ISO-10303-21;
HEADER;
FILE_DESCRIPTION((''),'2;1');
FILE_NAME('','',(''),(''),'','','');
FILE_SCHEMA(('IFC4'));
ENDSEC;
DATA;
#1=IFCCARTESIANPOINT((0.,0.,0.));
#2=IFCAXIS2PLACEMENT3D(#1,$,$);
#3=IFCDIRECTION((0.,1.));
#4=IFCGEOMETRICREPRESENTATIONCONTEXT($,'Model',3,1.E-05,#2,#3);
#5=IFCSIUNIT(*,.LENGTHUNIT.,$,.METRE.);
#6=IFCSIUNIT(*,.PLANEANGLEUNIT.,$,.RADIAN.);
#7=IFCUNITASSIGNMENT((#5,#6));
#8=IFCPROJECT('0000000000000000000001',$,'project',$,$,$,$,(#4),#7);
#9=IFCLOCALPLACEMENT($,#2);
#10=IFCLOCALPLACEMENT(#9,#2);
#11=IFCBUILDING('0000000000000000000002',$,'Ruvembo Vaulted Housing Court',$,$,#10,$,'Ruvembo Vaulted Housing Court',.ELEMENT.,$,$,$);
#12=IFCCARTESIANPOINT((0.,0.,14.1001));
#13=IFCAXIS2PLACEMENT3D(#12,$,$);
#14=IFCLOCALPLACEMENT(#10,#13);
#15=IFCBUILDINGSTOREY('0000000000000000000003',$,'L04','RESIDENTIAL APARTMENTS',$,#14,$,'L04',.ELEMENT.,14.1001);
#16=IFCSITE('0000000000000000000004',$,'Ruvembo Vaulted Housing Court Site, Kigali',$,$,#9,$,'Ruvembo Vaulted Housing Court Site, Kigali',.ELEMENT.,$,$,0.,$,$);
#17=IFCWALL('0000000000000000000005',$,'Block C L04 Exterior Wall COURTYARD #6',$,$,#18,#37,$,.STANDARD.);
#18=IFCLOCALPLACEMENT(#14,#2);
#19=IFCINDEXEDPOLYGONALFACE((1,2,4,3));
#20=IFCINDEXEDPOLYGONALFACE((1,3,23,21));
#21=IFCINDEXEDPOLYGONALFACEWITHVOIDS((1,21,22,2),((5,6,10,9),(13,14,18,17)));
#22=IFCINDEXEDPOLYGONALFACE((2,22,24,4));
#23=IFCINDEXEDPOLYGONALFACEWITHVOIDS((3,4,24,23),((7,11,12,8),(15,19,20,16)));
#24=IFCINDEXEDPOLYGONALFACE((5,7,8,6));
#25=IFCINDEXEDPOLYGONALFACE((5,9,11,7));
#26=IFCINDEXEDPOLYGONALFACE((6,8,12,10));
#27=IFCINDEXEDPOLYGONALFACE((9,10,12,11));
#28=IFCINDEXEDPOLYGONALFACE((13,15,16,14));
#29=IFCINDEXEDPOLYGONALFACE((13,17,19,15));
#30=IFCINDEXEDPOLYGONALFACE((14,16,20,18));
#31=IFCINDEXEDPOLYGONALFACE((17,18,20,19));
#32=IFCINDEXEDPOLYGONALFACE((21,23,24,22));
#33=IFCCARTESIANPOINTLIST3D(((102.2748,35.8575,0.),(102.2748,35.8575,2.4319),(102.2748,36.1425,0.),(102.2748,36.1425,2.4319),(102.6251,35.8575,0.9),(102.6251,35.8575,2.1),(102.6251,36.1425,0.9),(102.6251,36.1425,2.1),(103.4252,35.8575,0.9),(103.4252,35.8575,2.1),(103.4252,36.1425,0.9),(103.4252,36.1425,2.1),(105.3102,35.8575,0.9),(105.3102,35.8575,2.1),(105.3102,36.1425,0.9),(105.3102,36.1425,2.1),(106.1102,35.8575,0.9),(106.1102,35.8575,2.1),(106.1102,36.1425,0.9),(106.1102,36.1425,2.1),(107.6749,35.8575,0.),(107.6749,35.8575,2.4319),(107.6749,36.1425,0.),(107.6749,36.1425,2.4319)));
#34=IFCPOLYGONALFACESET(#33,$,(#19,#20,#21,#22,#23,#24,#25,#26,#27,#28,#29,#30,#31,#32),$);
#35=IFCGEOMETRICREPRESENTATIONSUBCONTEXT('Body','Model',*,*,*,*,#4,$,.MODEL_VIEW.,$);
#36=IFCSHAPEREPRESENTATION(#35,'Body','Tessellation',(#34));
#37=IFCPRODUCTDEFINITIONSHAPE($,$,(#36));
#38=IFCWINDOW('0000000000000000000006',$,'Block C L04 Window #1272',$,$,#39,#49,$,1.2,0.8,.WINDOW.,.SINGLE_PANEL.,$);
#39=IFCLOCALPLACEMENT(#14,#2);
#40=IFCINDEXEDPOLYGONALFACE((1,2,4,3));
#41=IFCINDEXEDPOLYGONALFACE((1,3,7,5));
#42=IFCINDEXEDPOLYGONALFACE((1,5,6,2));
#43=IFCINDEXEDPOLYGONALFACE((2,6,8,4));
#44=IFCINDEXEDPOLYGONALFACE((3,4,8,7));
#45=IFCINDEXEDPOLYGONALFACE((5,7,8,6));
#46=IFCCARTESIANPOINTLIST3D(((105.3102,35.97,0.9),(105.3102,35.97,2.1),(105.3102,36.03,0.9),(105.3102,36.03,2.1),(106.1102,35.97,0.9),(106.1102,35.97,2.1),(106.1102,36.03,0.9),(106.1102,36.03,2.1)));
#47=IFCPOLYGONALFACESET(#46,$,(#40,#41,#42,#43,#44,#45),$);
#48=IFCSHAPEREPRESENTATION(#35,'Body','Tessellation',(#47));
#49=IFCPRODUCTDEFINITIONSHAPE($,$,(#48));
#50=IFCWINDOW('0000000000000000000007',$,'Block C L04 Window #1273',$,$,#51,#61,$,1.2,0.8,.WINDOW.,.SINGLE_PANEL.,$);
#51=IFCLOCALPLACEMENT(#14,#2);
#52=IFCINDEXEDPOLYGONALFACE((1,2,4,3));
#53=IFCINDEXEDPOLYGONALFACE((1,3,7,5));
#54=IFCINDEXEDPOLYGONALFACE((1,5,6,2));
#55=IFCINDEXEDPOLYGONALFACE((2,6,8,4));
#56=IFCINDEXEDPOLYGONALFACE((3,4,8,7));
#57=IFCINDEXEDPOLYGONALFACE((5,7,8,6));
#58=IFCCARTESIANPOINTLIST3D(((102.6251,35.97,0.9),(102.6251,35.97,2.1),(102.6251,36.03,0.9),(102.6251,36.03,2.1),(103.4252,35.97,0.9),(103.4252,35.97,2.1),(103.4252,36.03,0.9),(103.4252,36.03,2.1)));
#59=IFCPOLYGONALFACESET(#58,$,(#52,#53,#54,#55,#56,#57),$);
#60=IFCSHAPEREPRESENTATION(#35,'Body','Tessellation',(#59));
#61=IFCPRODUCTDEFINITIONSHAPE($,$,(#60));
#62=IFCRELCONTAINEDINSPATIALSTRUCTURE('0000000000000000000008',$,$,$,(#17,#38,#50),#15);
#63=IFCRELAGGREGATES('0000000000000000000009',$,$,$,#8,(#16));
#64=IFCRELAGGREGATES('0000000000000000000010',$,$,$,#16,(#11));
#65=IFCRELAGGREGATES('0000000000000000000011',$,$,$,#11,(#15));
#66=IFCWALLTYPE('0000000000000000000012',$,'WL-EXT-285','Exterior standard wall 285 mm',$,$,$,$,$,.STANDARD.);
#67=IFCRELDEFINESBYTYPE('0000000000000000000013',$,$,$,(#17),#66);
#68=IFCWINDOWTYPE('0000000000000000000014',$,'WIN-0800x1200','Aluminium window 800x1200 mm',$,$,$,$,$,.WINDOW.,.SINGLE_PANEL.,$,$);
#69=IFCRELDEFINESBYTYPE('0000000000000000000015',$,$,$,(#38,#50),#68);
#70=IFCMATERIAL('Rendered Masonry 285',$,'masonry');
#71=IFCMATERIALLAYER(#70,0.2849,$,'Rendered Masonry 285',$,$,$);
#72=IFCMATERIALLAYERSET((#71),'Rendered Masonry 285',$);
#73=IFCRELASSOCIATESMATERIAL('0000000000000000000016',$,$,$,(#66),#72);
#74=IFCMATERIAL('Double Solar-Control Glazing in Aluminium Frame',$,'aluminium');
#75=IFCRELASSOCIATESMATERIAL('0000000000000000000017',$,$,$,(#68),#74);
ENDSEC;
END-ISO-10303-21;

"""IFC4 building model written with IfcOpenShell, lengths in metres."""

from ifc_helpers import new_model, si_unit, direction, frame, frame_2d, origin, place, context, subcontext, project, spatial, rectangle, extrude, material, layer, layer_set, type_object, element, fill, save


model = new_model("IFC4")

# Units and contexts
model_context = context("Model", 3, precision=1e-05, world=origin(), true_north=direction((0.0, 1.0)))
body_context = subcontext(model_context, "Body", "Model", "MODEL_VIEW")
ifc_project = project(units=[si_unit("LENGTHUNIT", "METRE"), si_unit("PLANEANGLEUNIT", "RADIAN")], contexts=[model_context])

# Site, building, storey
site_placement = place(None, origin())
site = spatial("IfcSite", under=ifc_project, at=site_placement, Name="Ruvembo Vaulted Housing Court Site, Kigali", LongName="Ruvembo Vaulted Housing Court Site, Kigali", CompositionType="ELEMENT", RefElevation=0.0)
building_placement = place(site_placement, origin())
building = spatial("IfcBuilding", under=site, at=building_placement, Name="Ruvembo Vaulted Housing Court", LongName="Ruvembo Vaulted Housing Court", CompositionType="ELEMENT")
storey_placement = place(building_placement, frame((0.0, 0.0, 14.1001)))
storey = spatial("IfcBuildingStorey", under=building, at=storey_placement, Name="L04", Description="RESIDENTIAL APARTMENTS", LongName="L04", CompositionType="ELEMENT", Elevation=14.1001)

# Shared definitions
ifc_material_1 = material(Name="Rendered Masonry 285", Category="masonry")
ifc_layer = layer(ifc_material_1, 0.2849, Name="Rendered Masonry 285")
ifc_layer_set = layer_set([ifc_layer], Name="Rendered Masonry 285")
wall_type = type_object("IfcWallType", Name="WL-EXT-285", Description="Exterior standard wall 285 mm", PredefinedType="STANDARD", material=ifc_layer_set)
ifc_material_2 = material(Name="Double Solar-Control Glazing in Aluminium Frame", Category="aluminium")

# Shared definitions
window_type_1 = type_object("IfcWindowType", Name="WIN-0800x1200", Description="Aluminium window 800x1200 mm", PartitioningType="SINGLE_PANEL", PredefinedType="WINDOW", material=ifc_material_2)

# Wall, openings, windows
wall_1_placement = place(storey_placement, frame((107.675, 36.0, 0.0), z_axis=(0.0, 0.0, 1.0), x_axis=(-1.0, 0.0, 0.0)))
wall_1 = element("IfcWall", 1, at=wall_1_placement, inside=storey, type_object=wall_type, Name="Block C L04 Exterior Wall COURTYARD #6", PredefinedType="STANDARD", context=body_context, shape_type="SweptSolid", body=[
    extrude(rectangle(XDim=5.4001, YDim=0.2849, at=frame_2d((2.7002, 0.0))), origin(), (0.0, 0.0, 1.0), 2.4319),
])
opening_1_placement = place(wall_1_placement, frame((1.5649, 0.0, 0.8999)))
opening_1 = element("IfcOpeningElement", 2, at=opening_1_placement, cuts=wall_1, PredefinedType="OPENING", context=body_context, shape_type="SweptSolid", body=[
    extrude(rectangle(XDim=0.8, YDim=1.2, at=frame_2d((0.3999, 0.6001))), frame((0.0, 0.1523, 0.0), z_axis=(0.0, -1.0, 0.0), x_axis=(1.0, 0.0, 0.0)), (0.0, 0.0, 1.0), 0.3049),
])
opening_2_placement = place(wall_1_placement, frame((4.25, 0.0, 0.8999)))
opening_2 = element("IfcOpeningElement", 3, at=opening_2_placement, cuts=wall_1, PredefinedType="OPENING", context=body_context, shape_type="SweptSolid", body=[
    extrude(rectangle(XDim=0.8, YDim=1.2, at=frame_2d((0.3999, 0.6001))), frame((0.0, 0.1523, 0.0), z_axis=(0.0, -1.0, 0.0), x_axis=(1.0, 0.0, 0.0)), (0.0, 0.0, 1.0), 0.3049),
])
window_1_placement = place(opening_1_placement, origin())
window_1 = element("IfcWindow", 4, at=window_1_placement, inside=storey, type_object=window_type_1, Name="Block C L04 Window #1272", OverallHeight=1.2, OverallWidth=0.8, PartitioningType="SINGLE_PANEL", PredefinedType="WINDOW", context=body_context, shape_type="SweptSolid", body=[
    extrude(rectangle(XDim=0.8, YDim=1.2, at=frame_2d((0.3999, 0.6001))), frame((0.0, 0.03, 0.0), z_axis=(0.0, -1.0, 0.0), x_axis=(1.0, 0.0, 0.0)), (0.0, 0.0, 1.0), 0.0601),
])
fill(opening_1, window_1)
window_2_placement = place(opening_2_placement, origin())
window_2 = element("IfcWindow", 5, at=window_2_placement, inside=storey, type_object=window_type_1, Name="Block C L04 Window #1273", OverallHeight=1.2, OverallWidth=0.8, PartitioningType="SINGLE_PANEL", PredefinedType="WINDOW", context=body_context, shape_type="SweptSolid", body=[
    extrude(rectangle(XDim=0.8, YDim=1.2, at=frame_2d((0.3999, 0.6001))), frame((0.0, 0.03, 0.0), z_axis=(0.0, -1.0, 0.0), x_axis=(1.0, 0.0, 0.0)), (0.0, 0.0, 1.0), 0.0601),
])
fill(opening_2, window_2)

save(model, "model.ifc")
